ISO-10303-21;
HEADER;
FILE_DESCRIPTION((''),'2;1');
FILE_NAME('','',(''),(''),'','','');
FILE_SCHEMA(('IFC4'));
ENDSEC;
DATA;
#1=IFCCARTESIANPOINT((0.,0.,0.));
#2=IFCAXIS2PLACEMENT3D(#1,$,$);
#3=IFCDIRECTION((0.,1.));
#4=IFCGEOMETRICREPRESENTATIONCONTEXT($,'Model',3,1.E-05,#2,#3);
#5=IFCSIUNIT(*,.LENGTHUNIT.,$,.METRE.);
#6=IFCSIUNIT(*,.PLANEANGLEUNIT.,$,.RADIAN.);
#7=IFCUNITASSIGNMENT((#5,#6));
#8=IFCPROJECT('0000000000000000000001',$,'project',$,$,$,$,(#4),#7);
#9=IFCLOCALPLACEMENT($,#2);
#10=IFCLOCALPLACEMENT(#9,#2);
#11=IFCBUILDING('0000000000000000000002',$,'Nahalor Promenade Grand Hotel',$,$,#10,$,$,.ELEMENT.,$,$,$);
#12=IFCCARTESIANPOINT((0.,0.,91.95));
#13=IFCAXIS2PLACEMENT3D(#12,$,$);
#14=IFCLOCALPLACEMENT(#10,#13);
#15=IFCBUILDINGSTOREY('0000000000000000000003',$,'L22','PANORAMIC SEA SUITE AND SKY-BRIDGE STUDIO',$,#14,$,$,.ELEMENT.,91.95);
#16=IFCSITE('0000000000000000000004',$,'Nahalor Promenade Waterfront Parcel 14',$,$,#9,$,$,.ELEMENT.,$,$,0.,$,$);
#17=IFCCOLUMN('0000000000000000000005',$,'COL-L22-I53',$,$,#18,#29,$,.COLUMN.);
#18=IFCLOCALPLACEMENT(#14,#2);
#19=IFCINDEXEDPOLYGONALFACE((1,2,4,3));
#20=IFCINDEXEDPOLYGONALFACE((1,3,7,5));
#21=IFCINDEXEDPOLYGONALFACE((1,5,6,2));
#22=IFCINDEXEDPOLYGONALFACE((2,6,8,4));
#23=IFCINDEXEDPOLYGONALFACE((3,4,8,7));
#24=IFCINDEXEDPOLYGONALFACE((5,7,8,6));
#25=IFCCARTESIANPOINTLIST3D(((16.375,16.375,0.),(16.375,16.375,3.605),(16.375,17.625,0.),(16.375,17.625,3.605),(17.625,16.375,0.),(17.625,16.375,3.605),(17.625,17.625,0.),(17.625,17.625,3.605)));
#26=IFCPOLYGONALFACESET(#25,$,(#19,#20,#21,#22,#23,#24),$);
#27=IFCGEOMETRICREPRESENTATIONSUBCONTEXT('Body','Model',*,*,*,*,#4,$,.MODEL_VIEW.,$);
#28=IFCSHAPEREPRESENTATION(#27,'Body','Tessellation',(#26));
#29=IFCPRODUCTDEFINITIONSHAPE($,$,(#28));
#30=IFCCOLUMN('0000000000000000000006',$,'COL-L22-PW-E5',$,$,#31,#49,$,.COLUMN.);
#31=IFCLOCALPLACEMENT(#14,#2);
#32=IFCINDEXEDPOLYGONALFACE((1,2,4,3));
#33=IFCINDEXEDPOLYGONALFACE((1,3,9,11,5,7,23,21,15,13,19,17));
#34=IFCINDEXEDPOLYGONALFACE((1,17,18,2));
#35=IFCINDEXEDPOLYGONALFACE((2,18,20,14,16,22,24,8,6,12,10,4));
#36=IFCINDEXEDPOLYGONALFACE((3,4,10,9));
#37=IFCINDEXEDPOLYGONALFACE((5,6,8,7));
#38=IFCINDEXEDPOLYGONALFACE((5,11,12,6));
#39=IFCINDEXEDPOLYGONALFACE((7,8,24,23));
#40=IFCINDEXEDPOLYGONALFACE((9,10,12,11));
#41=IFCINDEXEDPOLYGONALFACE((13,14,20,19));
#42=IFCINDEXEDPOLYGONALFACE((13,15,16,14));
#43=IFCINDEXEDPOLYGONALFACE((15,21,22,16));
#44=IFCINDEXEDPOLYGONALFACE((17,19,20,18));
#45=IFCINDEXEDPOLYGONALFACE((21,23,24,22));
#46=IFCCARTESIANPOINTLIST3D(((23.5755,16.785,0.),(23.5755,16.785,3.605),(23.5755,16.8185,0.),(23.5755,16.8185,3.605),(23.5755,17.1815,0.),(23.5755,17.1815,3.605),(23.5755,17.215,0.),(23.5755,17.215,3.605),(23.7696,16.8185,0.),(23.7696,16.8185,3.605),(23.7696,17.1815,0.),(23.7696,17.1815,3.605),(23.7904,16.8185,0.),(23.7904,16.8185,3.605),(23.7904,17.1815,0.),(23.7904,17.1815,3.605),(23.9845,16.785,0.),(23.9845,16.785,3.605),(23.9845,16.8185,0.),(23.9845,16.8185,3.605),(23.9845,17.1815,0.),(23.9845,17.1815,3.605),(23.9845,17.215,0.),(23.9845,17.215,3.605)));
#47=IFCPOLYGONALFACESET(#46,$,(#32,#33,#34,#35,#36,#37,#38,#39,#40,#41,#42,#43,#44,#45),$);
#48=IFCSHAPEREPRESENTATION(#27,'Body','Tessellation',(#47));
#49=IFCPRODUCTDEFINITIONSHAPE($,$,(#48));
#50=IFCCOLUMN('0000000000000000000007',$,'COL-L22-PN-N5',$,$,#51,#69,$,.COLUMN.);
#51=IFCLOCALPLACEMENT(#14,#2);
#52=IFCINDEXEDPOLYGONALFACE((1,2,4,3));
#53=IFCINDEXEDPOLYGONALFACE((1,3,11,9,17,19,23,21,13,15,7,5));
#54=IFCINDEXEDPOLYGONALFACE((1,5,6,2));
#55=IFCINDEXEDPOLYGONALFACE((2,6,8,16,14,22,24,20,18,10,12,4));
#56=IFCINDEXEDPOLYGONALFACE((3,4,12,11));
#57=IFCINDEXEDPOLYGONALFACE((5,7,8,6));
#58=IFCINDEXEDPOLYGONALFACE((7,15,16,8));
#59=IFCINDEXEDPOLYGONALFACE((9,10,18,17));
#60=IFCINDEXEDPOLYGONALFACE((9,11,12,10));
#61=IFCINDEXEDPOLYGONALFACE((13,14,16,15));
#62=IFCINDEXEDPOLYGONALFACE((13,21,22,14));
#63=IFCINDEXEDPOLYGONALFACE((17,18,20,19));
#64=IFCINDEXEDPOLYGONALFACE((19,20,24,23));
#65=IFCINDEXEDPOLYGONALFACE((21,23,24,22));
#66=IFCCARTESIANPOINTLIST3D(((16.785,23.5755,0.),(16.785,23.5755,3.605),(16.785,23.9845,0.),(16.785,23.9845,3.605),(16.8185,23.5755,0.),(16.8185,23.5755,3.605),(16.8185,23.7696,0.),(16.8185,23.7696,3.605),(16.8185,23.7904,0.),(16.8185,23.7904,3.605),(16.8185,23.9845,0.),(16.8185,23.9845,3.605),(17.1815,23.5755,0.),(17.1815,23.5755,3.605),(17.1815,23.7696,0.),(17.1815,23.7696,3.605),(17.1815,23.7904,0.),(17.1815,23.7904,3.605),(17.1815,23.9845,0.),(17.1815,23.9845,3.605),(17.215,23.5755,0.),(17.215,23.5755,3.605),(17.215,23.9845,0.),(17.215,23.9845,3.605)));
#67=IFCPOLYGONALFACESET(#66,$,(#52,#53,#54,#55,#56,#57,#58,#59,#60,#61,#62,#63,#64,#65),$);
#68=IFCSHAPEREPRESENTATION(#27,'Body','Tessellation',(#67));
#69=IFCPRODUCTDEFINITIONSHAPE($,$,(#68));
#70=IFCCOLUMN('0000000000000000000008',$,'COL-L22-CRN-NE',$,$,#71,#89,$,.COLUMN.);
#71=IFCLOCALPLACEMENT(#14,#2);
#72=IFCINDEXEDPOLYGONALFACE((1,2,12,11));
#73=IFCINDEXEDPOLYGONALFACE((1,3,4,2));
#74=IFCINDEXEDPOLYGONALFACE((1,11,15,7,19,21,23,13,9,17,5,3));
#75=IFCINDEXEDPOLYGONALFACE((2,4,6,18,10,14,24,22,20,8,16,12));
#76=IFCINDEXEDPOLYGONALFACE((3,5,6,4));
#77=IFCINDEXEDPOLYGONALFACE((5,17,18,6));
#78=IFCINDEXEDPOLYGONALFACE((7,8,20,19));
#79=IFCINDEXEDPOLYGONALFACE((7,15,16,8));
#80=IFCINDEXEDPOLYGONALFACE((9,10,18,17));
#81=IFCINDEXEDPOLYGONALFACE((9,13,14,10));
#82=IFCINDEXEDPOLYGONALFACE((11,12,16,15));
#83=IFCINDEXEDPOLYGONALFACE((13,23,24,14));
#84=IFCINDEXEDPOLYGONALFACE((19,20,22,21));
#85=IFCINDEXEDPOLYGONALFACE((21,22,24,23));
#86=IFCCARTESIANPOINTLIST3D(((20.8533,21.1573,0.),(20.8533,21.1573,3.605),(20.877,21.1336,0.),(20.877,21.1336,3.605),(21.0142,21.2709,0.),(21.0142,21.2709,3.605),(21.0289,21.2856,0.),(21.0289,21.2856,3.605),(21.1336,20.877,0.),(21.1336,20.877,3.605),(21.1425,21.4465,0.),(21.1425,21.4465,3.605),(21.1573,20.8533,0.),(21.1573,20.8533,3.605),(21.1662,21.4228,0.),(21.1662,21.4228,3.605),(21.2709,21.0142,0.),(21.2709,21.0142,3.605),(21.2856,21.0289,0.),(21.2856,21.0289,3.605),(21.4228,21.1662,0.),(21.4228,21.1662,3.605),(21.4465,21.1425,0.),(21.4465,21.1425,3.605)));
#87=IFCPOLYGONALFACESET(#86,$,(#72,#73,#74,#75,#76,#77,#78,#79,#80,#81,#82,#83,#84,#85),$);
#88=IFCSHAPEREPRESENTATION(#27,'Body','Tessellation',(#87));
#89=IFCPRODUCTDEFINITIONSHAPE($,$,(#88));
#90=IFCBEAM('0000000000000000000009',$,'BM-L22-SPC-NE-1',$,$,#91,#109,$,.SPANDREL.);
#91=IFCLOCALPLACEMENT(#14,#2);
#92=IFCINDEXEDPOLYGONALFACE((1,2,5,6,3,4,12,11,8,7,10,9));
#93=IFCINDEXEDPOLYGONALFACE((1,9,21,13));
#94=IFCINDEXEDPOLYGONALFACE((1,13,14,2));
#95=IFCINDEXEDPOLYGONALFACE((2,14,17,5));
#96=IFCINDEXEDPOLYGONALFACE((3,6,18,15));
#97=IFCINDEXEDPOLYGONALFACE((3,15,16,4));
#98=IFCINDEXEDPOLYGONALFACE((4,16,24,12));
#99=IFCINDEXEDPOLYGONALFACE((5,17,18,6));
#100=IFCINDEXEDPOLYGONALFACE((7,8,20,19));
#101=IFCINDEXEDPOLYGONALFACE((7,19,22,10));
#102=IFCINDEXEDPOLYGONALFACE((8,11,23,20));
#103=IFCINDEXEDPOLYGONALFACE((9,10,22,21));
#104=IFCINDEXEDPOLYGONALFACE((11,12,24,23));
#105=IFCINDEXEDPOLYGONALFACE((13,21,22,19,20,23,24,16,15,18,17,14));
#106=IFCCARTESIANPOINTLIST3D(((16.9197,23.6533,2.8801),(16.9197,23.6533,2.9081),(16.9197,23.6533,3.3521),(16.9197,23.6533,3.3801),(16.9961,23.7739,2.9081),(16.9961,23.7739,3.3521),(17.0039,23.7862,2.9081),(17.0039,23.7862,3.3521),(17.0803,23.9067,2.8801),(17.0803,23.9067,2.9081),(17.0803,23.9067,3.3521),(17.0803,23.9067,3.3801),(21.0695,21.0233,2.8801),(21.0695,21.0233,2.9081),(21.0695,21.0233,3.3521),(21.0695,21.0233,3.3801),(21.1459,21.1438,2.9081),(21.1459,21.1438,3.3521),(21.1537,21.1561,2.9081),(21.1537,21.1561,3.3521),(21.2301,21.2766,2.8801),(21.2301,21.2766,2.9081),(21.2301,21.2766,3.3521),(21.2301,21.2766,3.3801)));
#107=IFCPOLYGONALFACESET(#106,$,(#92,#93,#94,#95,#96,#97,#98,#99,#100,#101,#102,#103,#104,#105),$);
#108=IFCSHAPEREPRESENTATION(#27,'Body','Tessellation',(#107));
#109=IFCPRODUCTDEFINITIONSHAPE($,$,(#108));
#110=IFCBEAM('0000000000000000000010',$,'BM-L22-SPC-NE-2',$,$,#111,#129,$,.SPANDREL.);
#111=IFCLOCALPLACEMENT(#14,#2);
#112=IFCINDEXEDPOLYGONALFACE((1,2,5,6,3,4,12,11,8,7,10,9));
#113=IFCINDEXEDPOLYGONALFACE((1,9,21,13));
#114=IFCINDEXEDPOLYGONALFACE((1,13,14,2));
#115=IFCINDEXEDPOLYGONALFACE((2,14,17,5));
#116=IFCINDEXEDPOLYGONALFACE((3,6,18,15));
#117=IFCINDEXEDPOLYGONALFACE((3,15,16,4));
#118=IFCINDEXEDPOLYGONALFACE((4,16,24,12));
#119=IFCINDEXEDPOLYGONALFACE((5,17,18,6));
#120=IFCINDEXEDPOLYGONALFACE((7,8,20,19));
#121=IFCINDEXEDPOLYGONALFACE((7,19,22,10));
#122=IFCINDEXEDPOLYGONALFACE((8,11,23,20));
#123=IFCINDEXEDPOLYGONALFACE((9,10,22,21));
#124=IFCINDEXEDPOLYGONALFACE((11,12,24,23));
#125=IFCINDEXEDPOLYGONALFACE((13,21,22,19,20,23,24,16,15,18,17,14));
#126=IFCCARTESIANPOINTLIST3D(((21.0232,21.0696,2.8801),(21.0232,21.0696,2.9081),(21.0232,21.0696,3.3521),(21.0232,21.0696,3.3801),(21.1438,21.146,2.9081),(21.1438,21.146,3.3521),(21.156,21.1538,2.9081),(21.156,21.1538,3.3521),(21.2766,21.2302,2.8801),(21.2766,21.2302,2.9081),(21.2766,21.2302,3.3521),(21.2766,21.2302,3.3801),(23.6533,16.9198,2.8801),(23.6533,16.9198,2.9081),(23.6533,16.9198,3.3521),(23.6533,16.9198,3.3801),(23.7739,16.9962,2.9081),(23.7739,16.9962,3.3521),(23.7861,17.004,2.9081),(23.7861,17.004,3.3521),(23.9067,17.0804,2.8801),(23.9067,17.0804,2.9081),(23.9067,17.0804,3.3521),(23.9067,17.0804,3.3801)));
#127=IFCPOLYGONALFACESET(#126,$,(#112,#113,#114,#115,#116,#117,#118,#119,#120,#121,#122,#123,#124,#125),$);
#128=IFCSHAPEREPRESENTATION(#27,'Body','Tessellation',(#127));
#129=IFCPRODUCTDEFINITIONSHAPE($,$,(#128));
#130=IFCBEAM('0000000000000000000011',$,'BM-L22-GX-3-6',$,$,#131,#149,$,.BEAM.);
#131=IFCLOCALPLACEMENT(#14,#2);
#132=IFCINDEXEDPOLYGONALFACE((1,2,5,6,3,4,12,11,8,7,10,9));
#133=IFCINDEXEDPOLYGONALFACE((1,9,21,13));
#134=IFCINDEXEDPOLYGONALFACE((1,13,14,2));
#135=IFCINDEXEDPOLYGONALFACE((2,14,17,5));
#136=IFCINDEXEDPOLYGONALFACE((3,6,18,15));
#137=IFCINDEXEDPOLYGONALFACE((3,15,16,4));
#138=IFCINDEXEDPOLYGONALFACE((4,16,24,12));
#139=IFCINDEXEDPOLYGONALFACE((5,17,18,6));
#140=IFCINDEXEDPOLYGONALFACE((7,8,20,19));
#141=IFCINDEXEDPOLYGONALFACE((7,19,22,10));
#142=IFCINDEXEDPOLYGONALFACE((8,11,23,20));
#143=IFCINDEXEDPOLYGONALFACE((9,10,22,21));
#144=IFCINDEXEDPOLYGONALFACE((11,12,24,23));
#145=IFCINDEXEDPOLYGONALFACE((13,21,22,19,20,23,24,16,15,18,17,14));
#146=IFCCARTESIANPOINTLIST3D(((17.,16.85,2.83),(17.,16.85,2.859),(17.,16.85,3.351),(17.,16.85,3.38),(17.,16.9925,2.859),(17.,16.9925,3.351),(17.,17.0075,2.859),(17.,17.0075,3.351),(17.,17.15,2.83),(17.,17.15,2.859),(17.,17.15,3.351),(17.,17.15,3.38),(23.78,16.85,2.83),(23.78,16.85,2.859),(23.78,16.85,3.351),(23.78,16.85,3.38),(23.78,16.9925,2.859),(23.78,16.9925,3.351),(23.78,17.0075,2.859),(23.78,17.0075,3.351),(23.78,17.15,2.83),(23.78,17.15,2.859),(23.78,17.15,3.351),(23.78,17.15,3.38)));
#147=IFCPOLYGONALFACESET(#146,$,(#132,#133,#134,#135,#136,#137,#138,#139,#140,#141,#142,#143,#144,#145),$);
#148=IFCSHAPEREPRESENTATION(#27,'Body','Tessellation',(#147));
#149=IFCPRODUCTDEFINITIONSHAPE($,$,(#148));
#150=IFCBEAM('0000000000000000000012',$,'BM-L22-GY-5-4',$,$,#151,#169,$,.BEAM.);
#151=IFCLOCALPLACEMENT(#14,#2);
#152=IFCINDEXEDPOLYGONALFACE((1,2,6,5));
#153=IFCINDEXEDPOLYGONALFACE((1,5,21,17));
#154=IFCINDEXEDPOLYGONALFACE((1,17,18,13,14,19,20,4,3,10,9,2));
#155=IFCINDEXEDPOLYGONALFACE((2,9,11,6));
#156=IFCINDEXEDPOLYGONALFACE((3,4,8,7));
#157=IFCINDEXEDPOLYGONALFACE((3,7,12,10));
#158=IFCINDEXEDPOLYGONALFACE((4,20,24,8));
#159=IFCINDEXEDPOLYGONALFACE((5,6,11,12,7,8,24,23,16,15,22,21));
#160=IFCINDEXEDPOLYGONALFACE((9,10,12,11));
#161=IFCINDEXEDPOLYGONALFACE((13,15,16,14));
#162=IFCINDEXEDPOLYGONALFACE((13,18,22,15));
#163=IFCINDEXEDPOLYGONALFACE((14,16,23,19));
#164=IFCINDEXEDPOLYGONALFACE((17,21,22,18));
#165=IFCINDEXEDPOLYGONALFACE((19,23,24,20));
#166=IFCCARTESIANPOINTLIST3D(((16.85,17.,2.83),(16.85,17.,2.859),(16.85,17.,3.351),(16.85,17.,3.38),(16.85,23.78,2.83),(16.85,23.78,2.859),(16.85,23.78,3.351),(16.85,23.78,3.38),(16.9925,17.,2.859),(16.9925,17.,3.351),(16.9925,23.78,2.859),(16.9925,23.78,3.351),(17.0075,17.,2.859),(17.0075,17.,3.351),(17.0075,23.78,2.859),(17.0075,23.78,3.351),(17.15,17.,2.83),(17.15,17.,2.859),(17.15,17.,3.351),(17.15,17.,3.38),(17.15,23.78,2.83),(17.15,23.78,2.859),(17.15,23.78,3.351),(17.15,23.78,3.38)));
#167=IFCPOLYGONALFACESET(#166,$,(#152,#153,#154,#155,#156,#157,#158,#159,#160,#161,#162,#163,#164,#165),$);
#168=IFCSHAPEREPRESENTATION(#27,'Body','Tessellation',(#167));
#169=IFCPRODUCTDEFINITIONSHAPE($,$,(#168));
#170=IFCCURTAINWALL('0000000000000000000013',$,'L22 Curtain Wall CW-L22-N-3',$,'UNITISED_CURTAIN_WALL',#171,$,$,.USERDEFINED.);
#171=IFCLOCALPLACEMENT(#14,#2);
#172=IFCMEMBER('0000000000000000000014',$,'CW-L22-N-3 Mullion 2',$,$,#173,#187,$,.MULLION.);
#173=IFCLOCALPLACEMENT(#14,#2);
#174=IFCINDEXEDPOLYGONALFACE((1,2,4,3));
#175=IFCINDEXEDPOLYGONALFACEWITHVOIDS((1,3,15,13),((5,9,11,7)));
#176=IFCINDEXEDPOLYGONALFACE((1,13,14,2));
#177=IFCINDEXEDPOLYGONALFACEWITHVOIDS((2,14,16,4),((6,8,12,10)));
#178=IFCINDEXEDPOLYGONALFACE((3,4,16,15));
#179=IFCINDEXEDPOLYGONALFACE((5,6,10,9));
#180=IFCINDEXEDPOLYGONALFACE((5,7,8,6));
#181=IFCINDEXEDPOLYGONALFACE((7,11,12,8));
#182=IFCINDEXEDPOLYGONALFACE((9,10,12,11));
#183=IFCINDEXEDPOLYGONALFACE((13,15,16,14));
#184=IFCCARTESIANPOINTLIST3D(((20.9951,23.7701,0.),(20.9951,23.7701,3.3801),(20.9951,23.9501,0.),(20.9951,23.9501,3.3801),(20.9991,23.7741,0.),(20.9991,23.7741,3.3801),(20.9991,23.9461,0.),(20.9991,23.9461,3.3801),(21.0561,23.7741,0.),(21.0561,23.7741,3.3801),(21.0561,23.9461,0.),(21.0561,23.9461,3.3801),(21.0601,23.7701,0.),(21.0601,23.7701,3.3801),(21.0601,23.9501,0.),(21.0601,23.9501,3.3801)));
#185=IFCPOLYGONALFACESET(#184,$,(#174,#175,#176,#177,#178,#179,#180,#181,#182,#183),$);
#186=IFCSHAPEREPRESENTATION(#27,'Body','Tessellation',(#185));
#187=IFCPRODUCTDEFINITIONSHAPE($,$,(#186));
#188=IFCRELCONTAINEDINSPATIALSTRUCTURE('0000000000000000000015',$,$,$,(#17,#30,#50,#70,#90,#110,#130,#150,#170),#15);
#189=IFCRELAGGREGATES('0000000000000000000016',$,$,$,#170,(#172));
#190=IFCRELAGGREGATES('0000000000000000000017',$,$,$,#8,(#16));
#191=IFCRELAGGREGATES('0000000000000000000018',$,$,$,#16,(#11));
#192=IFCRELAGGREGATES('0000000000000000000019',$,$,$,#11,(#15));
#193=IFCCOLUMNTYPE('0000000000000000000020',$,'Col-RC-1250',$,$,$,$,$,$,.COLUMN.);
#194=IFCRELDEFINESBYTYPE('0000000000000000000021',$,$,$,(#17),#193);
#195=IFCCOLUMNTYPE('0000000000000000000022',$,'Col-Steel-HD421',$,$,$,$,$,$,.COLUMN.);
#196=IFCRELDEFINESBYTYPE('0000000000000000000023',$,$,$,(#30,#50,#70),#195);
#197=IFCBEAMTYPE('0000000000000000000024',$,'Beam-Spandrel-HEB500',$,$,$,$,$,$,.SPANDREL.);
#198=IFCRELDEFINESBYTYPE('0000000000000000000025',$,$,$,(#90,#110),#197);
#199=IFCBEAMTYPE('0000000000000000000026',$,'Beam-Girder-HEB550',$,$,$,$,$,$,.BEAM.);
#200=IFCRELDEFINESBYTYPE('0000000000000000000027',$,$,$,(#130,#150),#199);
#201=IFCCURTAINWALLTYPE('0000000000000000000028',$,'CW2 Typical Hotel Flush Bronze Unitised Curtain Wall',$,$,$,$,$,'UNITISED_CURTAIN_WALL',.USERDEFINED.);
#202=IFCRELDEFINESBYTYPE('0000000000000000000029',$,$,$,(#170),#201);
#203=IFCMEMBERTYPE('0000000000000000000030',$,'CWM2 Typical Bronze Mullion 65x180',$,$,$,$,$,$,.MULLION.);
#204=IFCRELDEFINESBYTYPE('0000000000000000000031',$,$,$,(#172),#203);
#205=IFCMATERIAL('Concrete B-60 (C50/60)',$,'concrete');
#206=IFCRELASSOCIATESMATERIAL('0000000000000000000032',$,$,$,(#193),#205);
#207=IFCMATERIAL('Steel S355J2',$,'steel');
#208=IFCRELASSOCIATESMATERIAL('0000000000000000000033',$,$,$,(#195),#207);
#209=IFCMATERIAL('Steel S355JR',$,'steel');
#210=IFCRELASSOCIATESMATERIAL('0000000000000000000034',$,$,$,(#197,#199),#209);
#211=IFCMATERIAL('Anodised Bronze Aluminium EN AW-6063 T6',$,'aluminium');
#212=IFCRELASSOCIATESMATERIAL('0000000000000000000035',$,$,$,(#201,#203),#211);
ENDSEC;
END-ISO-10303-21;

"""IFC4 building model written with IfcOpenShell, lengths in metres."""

from ifc_helpers import new_model, si_unit, direction, frame, origin, origin_2d, place, context, subcontext, project, spatial, rectangle, hollow_rectangle, i_section, extrude, source, transform, mapped, material, material_profile, profile_set, type_object, element, aggregate, save


model = new_model("IFC4")

# Units and contexts
model_context = context("Model", 3, precision=1e-05, world=origin(), true_north=direction((0.0, 1.0)))
body_context = subcontext(model_context, "Body", "Model", "MODEL_VIEW")
ifc_project = project(units=[si_unit("LENGTHUNIT", "METRE"), si_unit("PLANEANGLEUNIT", "RADIAN")], contexts=[model_context])

# Site, building, storey
site_placement = place(None, origin())
site = spatial("IfcSite", under=ifc_project, at=site_placement, Name="Nahalor Promenade Waterfront Parcel 14", CompositionType="ELEMENT", RefElevation=0.0)
building_placement = place(site_placement, origin())
building = spatial("IfcBuilding", under=site, at=building_placement, Name="Nahalor Promenade Grand Hotel", CompositionType="ELEMENT")
storey_placement = place(building_placement, frame((0.0, 0.0, 91.95)))
storey = spatial("IfcBuildingStorey", under=building, at=storey_placement, Name="L22", Description="PANORAMIC SEA SUITE AND SKY-BRIDGE STUDIO", CompositionType="ELEMENT", Elevation=91.95)

# Columns
ifc_material_1 = material(Name="Concrete B-60 (C50/60)", Category="concrete")
ifc_material_profile_1 = material_profile(ifc_material_1, rectangle(XDim=1.25, YDim=1.25, at=origin_2d()), Name="RC 1250x1250")
ifc_profile_set_1 = profile_set([ifc_material_profile_1], Name="Concrete B-60 (C50/60)")
column_type_1 = type_object("IfcColumnType", Name="Col-RC-1250", PredefinedType="COLUMN", material=ifc_profile_set_1)
shared_shape_1 = source(origin(), body_context, "Body", "SweptSolid", [
    extrude(rectangle(XDim=1.25, YDim=1.25, at=origin_2d()), origin(), (0.0, 0.0, 1.0), 3.605),
])
column_placement = place(storey_placement, frame((17.0, 17.0, 0.0), z_axis=(0.0, 0.0, 1.0), x_axis=(1.0, 0.0, 0.0)))
element("IfcColumn", 1, at=column_placement, inside=storey, type_object=column_type_1, Name="COL-L22-I53", PredefinedType="COLUMN", context=body_context, shape_type="MappedRepresentation", body=[
    mapped(shared_shape_1, transform((0.0, 0.0, 0.0), scale=1.0)),
])
ifc_material_2 = material(Name="Steel S355J2", Category="steel")
ifc_material_profile_2 = material_profile(ifc_material_2, i_section(OverallWidth=0.409, OverallDepth=0.43, WebThickness=0.0208, FlangeThickness=0.0335, at=origin_2d()), Name="HD 400x421")
ifc_profile_set_2 = profile_set([ifc_material_profile_2], Name="Steel S355J2")
column_type_2 = type_object("IfcColumnType", Name="Col-Steel-HD421", PredefinedType="COLUMN", material=ifc_profile_set_2)
shared_shape_2 = source(origin(), body_context, "Body", "SweptSolid", [
    extrude(i_section(OverallWidth=0.409, OverallDepth=0.43, WebThickness=0.0208, FlangeThickness=0.0335, at=origin_2d()), origin(), (0.0, 0.0, 1.0), 3.605),
])
for number, where, z_axis, x_axis, name in (
    (2, (23.78, 17.0, 0.0), (0.0, 0.0, 1.0), (1.0, 0.0, 0.0), "COL-L22-PW-E5"),
    (3, (17.0, 23.78, 0.0), (0.0, 0.0, 1.0), (0.0, 1.0, 0.0), "COL-L22-PN-N5"),
    (4, (21.1499, 21.1499, 0.0), (0.0, 0.0, 1.0), (0.707107, 0.707107, 0.0), "COL-L22-CRN-NE"),
):
    element("IfcColumn", number, at=place(storey_placement, frame(where, z_axis=z_axis, x_axis=x_axis)), inside=storey, type_object=column_type_2, Name=name, PredefinedType="COLUMN", context=body_context, shape_type="MappedRepresentation", body=[
        mapped(shared_shape_2, transform((0.0, 0.0, 0.0), scale=1.0)),
    ])

# Beams
ifc_material_3 = material(Name="Steel S355JR", Category="steel")
ifc_material_profile_3 = material_profile(ifc_material_3, i_section(OverallWidth=0.3, OverallDepth=0.5, WebThickness=0.0145, FlangeThickness=0.028, at=origin_2d()), Name="HEB 500")
ifc_profile_set_3 = profile_set([ifc_material_profile_3], Name="Steel S355JR")
beam_type_1 = type_object("IfcBeamType", Name="Beam-Spandrel-HEB500", PredefinedType="SPANDREL", material=ifc_profile_set_3)
shared_shape_3 = source(origin(), body_context, "Body", "SweptSolid", [
    extrude(i_section(OverallWidth=0.3, OverallDepth=0.5, WebThickness=0.0145, FlangeThickness=0.028, at=origin_2d()), origin(), (0.0, 0.0, 1.0), 4.9131),
])
for number, where, z_axis, x_axis, name in (
    (5, (17.0, 23.78, 3.1301), (0.844648, -0.535322, 0.0), (0.535322, 0.844648, 0.0), "BM-L22-SPC-NE-1"),
    (6, (21.1499, 21.1499, 3.1301), (0.535322, -0.844648, 0.0), (0.844648, 0.535322, 0.0), "BM-L22-SPC-NE-2"),
):
    element("IfcBeam", number, at=place(storey_placement, frame(where, z_axis=z_axis, x_axis=x_axis)), inside=storey, type_object=beam_type_1, Name=name, PredefinedType="SPANDREL", context=body_context, shape_type="MappedRepresentation", body=[
        mapped(shared_shape_3, transform((0.0, 0.0, 0.0), scale=1.0)),
    ])
ifc_material_profile_4 = material_profile(ifc_material_3, i_section(OverallWidth=0.3, OverallDepth=0.55, WebThickness=0.015, FlangeThickness=0.029, at=origin_2d()), Name="HEB 550")
ifc_profile_set_4 = profile_set([ifc_material_profile_4], Name="Steel S355JR")
beam_type_2 = type_object("IfcBeamType", Name="Beam-Girder-HEB550", PredefinedType="BEAM", material=ifc_profile_set_4)
shared_shape_4 = source(origin(), body_context, "Body", "SweptSolid", [
    extrude(i_section(OverallWidth=0.3, OverallDepth=0.55, WebThickness=0.015, FlangeThickness=0.029, at=origin_2d()), origin(), (0.0, 0.0, 1.0), 6.78),
])
for number, where, z_axis, x_axis, name in (
    (7, (17.0, 17.0, 3.105), (1.0, 0.0, 0.0), (0.0, 1.0, 0.0), "BM-L22-GX-3-6"),
    (8, (17.0, 17.0, 3.105), (0.0, 1.0, 0.0), (-1.0, 0.0, 0.0), "BM-L22-GY-5-4"),
):
    element("IfcBeam", number, at=place(storey_placement, frame(where, z_axis=z_axis, x_axis=x_axis)), inside=storey, type_object=beam_type_2, Name=name, PredefinedType="BEAM", context=body_context, shape_type="MappedRepresentation", body=[
        mapped(shared_shape_4, transform((0.0, 0.0, 0.0), scale=1.0)),
    ])

# Curtain wall, member
ifc_material_4 = material(Name="Anodised Bronze Aluminium EN AW-6063 T6", Category="aluminium")
curtain_wall_type = type_object("IfcCurtainWallType", Name="CW2 Typical Hotel Flush Bronze Unitised Curtain Wall", ElementType="UNITISED_CURTAIN_WALL", PredefinedType="USERDEFINED", material=ifc_material_4)
curtain_wall_1_placement = place(storey_placement, origin())
curtain_wall_1 = element("IfcCurtainWall", 9, at=curtain_wall_1_placement, inside=storey, type_object=curtain_wall_type, Name="L22 Curtain Wall CW-L22-N-3", ObjectType="UNITISED_CURTAIN_WALL", PredefinedType="USERDEFINED")
ifc_material_profile_5 = material_profile(ifc_material_4, hollow_rectangle(XDim=0.065, YDim=0.18, WallThickness=0.004, at=origin_2d()), Name="CWM 65x180x4")
ifc_profile_set_5 = profile_set([ifc_material_profile_5], Name="Anodised Bronze Aluminium EN AW-6063 T6")
member_type_1 = type_object("IfcMemberType", Name="CWM2 Typical Bronze Mullion 65x180", PredefinedType="MULLION", material=ifc_profile_set_5)
shared_shape_5 = source(origin(), body_context, "Body", "SweptSolid", [
    extrude(hollow_rectangle(XDim=0.065, YDim=0.18, WallThickness=0.004, at=origin_2d()), origin(), (0.0, 0.0, 1.0), 3.3801),
])
member_1_placement = place(storey_placement, frame((21.0276, 23.8601, 0.0), z_axis=(0.0, 0.0, 1.0), x_axis=(1.0, 0.0, 0.0)))
member_1 = element("IfcMember", 10, at=member_1_placement, type_object=member_type_1, Name="CW-L22-N-3 Mullion 2", PredefinedType="MULLION", context=body_context, shape_type="MappedRepresentation", body=[
    mapped(shared_shape_5, transform((0.0, 0.0, 0.0), scale=1.0)),
])

aggregate(curtain_wall_1, [member_1])

save(model, "model.ifc")
